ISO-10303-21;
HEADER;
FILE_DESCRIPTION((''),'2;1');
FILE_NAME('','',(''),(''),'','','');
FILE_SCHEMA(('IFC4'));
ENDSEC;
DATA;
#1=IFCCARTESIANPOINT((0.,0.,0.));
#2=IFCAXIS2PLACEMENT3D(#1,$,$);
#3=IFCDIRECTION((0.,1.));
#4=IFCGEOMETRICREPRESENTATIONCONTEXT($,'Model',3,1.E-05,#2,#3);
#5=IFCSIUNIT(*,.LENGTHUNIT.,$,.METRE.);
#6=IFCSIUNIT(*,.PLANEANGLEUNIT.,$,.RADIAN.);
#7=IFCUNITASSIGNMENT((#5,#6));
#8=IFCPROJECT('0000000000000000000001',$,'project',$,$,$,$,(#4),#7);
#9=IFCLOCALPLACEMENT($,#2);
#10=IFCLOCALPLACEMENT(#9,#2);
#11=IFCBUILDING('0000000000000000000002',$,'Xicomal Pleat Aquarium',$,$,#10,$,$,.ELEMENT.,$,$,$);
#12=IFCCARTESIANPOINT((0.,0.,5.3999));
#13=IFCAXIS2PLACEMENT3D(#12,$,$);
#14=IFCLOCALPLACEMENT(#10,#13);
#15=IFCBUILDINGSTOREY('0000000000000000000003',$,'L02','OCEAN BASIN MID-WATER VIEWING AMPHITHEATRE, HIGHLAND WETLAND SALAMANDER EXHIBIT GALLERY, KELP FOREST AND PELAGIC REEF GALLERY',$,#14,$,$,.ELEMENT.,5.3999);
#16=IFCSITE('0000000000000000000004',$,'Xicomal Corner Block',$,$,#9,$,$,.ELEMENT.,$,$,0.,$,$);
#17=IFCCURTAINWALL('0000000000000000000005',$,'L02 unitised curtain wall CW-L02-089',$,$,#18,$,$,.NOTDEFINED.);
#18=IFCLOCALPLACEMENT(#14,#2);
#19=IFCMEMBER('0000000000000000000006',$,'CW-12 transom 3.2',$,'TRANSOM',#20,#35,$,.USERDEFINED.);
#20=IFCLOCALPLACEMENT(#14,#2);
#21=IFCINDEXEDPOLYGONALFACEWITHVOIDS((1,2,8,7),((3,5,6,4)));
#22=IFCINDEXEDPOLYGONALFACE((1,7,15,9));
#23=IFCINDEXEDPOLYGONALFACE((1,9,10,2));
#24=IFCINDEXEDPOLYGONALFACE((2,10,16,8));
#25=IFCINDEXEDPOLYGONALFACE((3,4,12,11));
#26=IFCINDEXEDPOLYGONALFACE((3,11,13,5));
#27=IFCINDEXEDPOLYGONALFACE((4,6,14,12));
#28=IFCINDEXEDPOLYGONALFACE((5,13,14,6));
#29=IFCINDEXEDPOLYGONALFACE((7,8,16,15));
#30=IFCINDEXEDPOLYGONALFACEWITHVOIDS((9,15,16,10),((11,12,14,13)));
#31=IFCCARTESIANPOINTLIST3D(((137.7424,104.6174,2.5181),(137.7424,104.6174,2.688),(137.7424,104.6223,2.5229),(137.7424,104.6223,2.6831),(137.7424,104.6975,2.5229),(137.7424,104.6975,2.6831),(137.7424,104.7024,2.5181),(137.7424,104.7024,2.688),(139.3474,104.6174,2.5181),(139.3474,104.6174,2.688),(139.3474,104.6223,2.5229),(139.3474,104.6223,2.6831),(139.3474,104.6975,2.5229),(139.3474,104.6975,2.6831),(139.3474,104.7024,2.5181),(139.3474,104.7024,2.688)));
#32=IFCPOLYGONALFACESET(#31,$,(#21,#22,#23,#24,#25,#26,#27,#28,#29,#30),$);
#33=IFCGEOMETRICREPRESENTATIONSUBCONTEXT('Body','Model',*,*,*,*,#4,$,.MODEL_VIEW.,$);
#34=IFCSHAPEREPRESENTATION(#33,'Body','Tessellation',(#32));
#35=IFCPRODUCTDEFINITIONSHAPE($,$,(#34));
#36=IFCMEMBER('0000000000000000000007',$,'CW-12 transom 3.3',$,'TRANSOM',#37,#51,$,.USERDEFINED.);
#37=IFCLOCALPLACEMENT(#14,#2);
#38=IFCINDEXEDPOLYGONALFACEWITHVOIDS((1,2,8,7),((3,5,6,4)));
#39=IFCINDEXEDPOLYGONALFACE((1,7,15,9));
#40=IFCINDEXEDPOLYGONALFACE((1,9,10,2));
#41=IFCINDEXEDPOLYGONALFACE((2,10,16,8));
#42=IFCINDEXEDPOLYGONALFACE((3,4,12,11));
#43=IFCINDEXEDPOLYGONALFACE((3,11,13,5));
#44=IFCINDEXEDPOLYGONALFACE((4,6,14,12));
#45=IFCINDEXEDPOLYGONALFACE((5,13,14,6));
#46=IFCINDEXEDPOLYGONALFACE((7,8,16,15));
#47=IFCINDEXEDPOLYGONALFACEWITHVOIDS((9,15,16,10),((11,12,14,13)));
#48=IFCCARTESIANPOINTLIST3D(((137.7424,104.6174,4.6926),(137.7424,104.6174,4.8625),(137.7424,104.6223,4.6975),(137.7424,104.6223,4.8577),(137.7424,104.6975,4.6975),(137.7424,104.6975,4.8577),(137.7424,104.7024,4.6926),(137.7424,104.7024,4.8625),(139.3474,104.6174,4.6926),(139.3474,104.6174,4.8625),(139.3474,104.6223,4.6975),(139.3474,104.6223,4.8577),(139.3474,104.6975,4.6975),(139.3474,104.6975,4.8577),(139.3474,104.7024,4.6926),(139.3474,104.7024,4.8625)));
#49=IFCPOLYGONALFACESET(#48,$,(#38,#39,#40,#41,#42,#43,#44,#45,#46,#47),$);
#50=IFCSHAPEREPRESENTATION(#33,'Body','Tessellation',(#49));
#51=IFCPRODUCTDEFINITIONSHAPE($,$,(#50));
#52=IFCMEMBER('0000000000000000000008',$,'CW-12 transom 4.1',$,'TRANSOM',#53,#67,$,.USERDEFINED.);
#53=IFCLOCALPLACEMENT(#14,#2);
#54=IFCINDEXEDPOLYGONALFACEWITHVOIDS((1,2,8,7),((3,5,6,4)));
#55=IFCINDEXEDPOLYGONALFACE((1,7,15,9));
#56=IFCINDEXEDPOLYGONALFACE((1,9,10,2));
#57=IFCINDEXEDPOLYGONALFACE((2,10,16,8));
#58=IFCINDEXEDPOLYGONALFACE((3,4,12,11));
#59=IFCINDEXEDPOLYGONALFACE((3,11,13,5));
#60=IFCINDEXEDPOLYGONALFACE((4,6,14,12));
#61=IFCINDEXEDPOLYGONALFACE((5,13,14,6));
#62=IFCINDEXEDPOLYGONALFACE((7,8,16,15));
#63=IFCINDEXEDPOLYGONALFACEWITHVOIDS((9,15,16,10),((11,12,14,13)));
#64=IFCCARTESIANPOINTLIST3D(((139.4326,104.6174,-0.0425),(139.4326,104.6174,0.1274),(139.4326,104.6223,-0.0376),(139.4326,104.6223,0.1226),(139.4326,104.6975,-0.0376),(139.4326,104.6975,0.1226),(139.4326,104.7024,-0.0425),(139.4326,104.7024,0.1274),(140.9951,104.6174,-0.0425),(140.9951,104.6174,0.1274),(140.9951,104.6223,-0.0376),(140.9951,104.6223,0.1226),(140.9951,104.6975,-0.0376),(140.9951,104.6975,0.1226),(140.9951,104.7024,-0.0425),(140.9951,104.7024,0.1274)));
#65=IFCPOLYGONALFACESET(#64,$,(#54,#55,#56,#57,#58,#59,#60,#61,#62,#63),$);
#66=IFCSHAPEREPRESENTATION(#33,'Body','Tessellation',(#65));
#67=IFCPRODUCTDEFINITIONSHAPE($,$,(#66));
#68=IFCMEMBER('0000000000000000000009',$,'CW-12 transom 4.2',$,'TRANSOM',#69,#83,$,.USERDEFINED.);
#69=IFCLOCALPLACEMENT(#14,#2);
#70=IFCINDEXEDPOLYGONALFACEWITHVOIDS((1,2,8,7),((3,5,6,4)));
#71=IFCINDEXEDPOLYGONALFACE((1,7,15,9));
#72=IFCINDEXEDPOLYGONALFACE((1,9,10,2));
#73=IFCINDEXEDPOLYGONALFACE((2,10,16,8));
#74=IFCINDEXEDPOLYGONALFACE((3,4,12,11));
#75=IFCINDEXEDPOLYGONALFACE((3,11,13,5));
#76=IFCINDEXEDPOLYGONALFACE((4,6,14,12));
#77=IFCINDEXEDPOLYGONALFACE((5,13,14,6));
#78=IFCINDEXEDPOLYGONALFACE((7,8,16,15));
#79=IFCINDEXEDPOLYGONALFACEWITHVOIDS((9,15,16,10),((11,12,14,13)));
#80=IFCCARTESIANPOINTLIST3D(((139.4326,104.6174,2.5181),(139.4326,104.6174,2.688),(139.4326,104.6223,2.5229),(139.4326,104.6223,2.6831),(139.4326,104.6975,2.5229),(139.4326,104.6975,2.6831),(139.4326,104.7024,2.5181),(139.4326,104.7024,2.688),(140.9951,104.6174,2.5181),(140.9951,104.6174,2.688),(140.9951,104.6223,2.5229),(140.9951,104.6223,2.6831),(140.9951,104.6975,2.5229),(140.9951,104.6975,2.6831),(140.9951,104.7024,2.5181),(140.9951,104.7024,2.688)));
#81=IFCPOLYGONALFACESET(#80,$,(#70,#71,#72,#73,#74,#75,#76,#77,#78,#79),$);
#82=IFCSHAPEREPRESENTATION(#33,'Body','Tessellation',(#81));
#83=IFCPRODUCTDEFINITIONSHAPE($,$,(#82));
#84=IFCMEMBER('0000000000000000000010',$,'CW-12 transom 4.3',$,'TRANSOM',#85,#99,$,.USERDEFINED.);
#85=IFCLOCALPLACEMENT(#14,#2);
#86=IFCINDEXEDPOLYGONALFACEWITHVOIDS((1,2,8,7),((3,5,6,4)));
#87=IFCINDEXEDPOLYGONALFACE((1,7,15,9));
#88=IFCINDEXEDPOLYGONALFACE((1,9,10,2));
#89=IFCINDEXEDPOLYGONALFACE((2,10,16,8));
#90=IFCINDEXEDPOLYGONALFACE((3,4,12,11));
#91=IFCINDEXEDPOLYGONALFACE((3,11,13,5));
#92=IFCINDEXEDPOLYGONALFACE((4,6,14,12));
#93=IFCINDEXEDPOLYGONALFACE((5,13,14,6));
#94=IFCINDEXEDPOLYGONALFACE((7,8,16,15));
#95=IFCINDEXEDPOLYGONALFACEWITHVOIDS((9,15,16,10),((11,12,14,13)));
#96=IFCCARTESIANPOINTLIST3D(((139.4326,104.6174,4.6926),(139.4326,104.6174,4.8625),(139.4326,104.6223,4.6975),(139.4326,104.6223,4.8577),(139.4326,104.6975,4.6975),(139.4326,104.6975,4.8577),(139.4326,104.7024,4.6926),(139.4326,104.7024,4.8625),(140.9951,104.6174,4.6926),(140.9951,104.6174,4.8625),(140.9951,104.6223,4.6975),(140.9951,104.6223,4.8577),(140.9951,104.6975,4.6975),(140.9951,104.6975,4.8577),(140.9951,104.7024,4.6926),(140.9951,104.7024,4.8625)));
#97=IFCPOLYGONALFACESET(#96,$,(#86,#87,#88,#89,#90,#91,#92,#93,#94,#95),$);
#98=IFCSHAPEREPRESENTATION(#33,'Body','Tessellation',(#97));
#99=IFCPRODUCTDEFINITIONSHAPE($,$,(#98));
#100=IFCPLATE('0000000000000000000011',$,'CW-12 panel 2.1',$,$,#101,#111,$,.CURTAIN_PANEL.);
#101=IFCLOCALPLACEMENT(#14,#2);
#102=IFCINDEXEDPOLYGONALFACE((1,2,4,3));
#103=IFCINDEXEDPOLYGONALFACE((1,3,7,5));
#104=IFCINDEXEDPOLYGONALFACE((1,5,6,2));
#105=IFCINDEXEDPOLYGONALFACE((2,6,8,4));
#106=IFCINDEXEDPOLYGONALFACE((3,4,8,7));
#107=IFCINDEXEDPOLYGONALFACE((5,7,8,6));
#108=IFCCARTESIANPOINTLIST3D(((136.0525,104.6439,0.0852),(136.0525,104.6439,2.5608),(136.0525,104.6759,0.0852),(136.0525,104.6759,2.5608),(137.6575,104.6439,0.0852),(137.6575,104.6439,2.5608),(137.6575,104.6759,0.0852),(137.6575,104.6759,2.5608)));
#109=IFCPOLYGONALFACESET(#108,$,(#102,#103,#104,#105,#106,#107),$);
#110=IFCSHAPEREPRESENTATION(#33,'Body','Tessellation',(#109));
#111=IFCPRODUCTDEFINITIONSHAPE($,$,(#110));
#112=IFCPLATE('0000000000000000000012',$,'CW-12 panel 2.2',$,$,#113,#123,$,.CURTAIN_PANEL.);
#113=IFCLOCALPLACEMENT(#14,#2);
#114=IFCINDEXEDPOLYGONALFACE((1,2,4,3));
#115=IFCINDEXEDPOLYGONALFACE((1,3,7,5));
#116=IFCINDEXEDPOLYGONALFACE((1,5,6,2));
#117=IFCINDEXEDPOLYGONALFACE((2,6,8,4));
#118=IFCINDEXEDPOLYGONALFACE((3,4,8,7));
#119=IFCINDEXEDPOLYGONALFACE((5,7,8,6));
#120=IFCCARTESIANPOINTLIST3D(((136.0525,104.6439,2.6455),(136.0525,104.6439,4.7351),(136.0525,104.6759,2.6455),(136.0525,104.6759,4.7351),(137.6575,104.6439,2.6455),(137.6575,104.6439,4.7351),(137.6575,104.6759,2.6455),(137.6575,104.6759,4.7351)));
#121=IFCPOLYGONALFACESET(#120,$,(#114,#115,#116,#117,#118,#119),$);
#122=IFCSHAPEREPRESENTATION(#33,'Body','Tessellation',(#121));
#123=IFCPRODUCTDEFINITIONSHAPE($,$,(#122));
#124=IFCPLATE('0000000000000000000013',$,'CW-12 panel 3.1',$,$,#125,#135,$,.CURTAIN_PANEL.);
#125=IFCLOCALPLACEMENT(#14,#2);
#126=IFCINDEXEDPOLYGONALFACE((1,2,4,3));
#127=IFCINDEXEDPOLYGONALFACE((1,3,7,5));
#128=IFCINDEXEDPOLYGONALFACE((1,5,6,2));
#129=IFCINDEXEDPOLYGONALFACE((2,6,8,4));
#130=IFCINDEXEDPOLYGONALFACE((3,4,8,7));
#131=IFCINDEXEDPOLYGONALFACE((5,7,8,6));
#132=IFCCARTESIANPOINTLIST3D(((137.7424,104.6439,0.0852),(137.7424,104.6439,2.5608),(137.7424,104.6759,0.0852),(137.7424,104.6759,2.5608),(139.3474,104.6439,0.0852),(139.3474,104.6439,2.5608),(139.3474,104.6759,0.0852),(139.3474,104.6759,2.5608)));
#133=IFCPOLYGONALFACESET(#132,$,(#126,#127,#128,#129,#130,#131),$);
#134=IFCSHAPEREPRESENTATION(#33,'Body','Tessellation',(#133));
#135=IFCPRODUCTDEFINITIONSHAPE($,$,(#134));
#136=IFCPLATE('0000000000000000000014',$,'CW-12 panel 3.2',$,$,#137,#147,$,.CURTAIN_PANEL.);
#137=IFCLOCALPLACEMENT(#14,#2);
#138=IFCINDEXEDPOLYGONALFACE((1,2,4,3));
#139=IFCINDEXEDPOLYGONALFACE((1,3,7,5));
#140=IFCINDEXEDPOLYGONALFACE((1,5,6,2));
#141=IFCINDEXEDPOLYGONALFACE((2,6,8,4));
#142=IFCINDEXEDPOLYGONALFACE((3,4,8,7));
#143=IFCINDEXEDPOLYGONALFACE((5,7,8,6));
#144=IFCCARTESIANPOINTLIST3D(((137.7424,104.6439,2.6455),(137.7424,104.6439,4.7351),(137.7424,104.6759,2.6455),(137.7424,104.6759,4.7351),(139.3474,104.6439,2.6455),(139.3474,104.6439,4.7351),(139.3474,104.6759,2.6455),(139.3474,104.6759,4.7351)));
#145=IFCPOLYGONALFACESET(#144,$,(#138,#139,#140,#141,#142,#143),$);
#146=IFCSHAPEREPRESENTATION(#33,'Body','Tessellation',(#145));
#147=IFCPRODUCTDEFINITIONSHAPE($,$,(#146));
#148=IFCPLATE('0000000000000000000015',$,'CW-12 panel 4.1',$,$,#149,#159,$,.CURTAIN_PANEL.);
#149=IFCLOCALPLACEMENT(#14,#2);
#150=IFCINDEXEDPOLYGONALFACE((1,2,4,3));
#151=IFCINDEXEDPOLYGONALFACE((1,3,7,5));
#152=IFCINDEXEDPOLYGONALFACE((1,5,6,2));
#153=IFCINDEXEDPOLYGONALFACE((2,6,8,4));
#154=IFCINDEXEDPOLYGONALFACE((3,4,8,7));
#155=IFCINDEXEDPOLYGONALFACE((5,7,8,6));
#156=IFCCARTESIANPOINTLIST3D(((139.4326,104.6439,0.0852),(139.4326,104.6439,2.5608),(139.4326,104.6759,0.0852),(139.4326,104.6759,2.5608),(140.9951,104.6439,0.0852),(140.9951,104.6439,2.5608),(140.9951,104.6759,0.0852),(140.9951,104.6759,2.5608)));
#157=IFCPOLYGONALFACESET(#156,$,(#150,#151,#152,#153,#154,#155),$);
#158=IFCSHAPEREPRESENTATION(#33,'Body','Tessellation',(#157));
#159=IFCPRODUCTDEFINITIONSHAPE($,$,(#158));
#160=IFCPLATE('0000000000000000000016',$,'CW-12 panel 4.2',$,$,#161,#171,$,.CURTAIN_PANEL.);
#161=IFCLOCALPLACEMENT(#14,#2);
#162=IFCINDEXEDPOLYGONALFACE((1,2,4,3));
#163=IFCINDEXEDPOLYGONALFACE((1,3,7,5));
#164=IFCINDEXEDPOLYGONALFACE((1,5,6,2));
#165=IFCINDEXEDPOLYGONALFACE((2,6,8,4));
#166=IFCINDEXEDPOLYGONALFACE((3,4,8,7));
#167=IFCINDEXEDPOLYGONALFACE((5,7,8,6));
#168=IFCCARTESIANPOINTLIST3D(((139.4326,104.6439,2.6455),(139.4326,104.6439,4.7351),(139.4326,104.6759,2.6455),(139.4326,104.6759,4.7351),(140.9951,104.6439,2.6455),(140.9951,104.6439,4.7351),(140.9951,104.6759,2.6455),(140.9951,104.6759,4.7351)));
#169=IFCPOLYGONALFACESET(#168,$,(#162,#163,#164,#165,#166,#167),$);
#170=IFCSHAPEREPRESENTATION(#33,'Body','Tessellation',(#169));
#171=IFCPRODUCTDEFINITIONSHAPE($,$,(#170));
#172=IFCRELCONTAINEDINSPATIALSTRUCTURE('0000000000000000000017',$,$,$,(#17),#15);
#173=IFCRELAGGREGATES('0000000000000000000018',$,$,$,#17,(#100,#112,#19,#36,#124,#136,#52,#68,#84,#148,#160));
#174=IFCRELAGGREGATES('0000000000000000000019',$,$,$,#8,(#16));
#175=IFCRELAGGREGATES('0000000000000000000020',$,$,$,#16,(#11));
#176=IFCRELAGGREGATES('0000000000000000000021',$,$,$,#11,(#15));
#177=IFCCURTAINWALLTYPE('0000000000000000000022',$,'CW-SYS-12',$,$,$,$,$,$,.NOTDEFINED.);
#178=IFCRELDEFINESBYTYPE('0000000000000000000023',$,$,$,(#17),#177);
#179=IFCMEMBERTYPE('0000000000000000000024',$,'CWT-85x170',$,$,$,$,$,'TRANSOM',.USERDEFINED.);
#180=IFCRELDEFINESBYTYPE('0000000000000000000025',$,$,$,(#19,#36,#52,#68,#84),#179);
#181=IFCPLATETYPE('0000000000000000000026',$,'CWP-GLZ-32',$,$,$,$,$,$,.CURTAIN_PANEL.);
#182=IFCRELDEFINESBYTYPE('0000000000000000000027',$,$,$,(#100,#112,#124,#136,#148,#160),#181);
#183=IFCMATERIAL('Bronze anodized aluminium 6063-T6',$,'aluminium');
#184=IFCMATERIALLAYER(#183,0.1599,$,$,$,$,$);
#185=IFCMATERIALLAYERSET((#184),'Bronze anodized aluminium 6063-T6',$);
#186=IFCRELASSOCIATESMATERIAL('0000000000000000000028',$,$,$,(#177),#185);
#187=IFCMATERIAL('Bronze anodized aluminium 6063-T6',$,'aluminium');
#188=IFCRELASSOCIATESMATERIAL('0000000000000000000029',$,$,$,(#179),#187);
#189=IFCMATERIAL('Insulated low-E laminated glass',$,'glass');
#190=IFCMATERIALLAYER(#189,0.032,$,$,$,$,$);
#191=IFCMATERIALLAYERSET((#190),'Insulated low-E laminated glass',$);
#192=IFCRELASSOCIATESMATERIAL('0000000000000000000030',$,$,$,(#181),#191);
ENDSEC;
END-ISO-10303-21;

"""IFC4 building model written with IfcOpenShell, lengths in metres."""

from ifc_helpers import new_model, si_unit, direction, frame, origin, origin_2d, place, context, subcontext, project, spatial, rectangle, hollow_rectangle, extrude, material, layer, layer_set, material_profile, profile_set, type_object, element, aggregate, save


model = new_model("IFC4")

# Units and contexts
model_context = context("Model", 3, precision=1e-05, world=origin(), true_north=direction((0.0, 1.0)))
body_context = subcontext(model_context, "Body", "Model", "MODEL_VIEW")
ifc_project = project(units=[si_unit("LENGTHUNIT", "METRE"), si_unit("PLANEANGLEUNIT", "RADIAN")], contexts=[model_context])

# Site, building, storey
site_placement = place(None, origin())
site = spatial("IfcSite", under=ifc_project, at=site_placement, Name="Xicomal Corner Block", CompositionType="ELEMENT", RefElevation=0.0)
building_placement = place(site_placement, origin())
building = spatial("IfcBuilding", under=site, at=building_placement, Name="Xicomal Pleat Aquarium", CompositionType="ELEMENT")
storey_placement = place(building_placement, frame((0.0, 0.0, 5.3999)))
storey = spatial("IfcBuildingStorey", under=building, at=storey_placement, Name="L02", Description="OCEAN BASIN MID-WATER VIEWING AMPHITHEATRE, HIGHLAND WETLAND SALAMANDER EXHIBIT GALLERY, KELP FOREST AND PELAGIC REEF GALLERY", CompositionType="ELEMENT", Elevation=5.3999)

# Curtain wall, members, plates
ifc_material_1 = material(Name="Bronze anodized aluminium 6063-T6", Category="aluminium")
ifc_layer_1 = layer(ifc_material_1, 0.1599)
ifc_layer_set_1 = layer_set([ifc_layer_1], Name="Bronze anodized aluminium 6063-T6")
curtain_wall_type = type_object("IfcCurtainWallType", Name="CW-SYS-12", PredefinedType="NOTDEFINED", material=ifc_layer_set_1)
curtain_wall_placement = place(storey_placement, origin())
curtain_wall = element("IfcCurtainWall", 1, at=curtain_wall_placement, inside=storey, type_object=curtain_wall_type, Name="L02 unitised curtain wall CW-L02-089", PredefinedType="NOTDEFINED")
ifc_material_2 = material(Name="Bronze anodized aluminium 6063-T6", Category="aluminium")
ifc_material_profile_1 = material_profile(ifc_material_2, hollow_rectangle(XDim=0.085, YDim=0.1699, WallThickness=0.0049, at=origin_2d()), Name="ALU TRAN 85x170")
ifc_profile_set_1 = profile_set([ifc_material_profile_1], Name="Bronze anodized aluminium 6063-T6")
member_type_1 = type_object("IfcMemberType", Name="CWT-85x170", ElementType="TRANSOM", PredefinedType="USERDEFINED", material=ifc_profile_set_1)
member_1_placement = place(storey_placement, frame((137.7424, 104.6599, 2.603), z_axis=(1.0, 0.0, 0.0), x_axis=(0.0, 1.0, 0.0)))
member_1 = element("IfcMember", 2, at=member_1_placement, type_object=member_type_1, Name="CW-12 transom 3.2", ObjectType="TRANSOM", PredefinedType="USERDEFINED", context=body_context, shape_type="SweptSolid", body=[
    extrude(hollow_rectangle(XDim=0.085, YDim=0.1699, WallThickness=0.0049, at=origin_2d()), origin(), (0.0, 0.0, 1.0), 1.605),
])
member_2_placement = place(storey_placement, frame((137.7424, 104.6599, 4.7776), z_axis=(1.0, 0.0, 0.0), x_axis=(0.0, 1.0, 0.0)))
member_2 = element("IfcMember", 3, at=member_2_placement, type_object=member_type_1, Name="CW-12 transom 3.3", ObjectType="TRANSOM", PredefinedType="USERDEFINED", context=body_context, shape_type="SweptSolid", body=[
    extrude(hollow_rectangle(XDim=0.085, YDim=0.1699, WallThickness=0.0049, at=origin_2d()), origin(), (0.0, 0.0, 1.0), 1.605),
])
member_3_placement = place(storey_placement, frame((139.4326, 104.6599, 0.0425), z_axis=(1.0, 0.0, 0.0), x_axis=(0.0, 1.0, 0.0)))
member_3 = element("IfcMember", 4, at=member_3_placement, type_object=member_type_1, Name="CW-12 transom 4.1", ObjectType="TRANSOM", PredefinedType="USERDEFINED", context=body_context, shape_type="SweptSolid", body=[
    extrude(hollow_rectangle(XDim=0.085, YDim=0.1699, WallThickness=0.0049, at=origin_2d()), origin(), (0.0, 0.0, 1.0), 1.5625),
])
member_4_placement = place(storey_placement, frame((139.4326, 104.6599, 2.603), z_axis=(1.0, 0.0, 0.0), x_axis=(0.0, 1.0, 0.0)))
member_4 = element("IfcMember", 5, at=member_4_placement, type_object=member_type_1, Name="CW-12 transom 4.2", ObjectType="TRANSOM", PredefinedType="USERDEFINED", context=body_context, shape_type="SweptSolid", body=[
    extrude(hollow_rectangle(XDim=0.085, YDim=0.1699, WallThickness=0.0049, at=origin_2d()), origin(), (0.0, 0.0, 1.0), 1.5625),
])
member_5_placement = place(storey_placement, frame((139.4326, 104.6599, 4.7776), z_axis=(1.0, 0.0, 0.0), x_axis=(0.0, 1.0, 0.0)))
member_5 = element("IfcMember", 6, at=member_5_placement, type_object=member_type_1, Name="CW-12 transom 4.3", ObjectType="TRANSOM", PredefinedType="USERDEFINED", context=body_context, shape_type="SweptSolid", body=[
    extrude(hollow_rectangle(XDim=0.085, YDim=0.1699, WallThickness=0.0049, at=origin_2d()), origin(), (0.0, 0.0, 1.0), 1.5625),
])
ifc_material_3 = material(Name="Insulated low-E laminated glass", Category="glass")
ifc_layer_2 = layer(ifc_material_3, 0.032)
ifc_layer_set_2 = layer_set([ifc_layer_2], Name="Insulated low-E laminated glass")
plate_type = type_object("IfcPlateType", Name="CWP-GLZ-32", PredefinedType="CURTAIN_PANEL", material=ifc_layer_set_2)
plate_1_placement = place(storey_placement, frame((136.855, 104.6599, 0.0852), z_axis=(0.0, 0.0, 1.0), x_axis=(1.0, 0.0, 0.0)))
plate_1 = element("IfcPlate", 7, at=plate_1_placement, type_object=plate_type, Name="CW-12 panel 2.1", PredefinedType="CURTAIN_PANEL", context=body_context, shape_type="SweptSolid", body=[
    extrude(rectangle(XDim=1.605, YDim=0.032, at=origin_2d()), origin(), (0.0, 0.0, 1.0), 2.4756),
])
plate_2_placement = place(storey_placement, frame((136.855, 104.6599, 2.6455), z_axis=(0.0, 0.0, 1.0), x_axis=(1.0, 0.0, 0.0)))
plate_2 = element("IfcPlate", 8, at=plate_2_placement, type_object=plate_type, Name="CW-12 panel 2.2", PredefinedType="CURTAIN_PANEL", context=body_context, shape_type="SweptSolid", body=[
    extrude(rectangle(XDim=1.605, YDim=0.032, at=origin_2d()), origin(), (0.0, 0.0, 1.0), 2.0896),
])
plate_3_placement = place(storey_placement, frame((138.5449, 104.6599, 0.0852), z_axis=(0.0, 0.0, 1.0), x_axis=(1.0, 0.0, 0.0)))
plate_3 = element("IfcPlate", 9, at=plate_3_placement, type_object=plate_type, Name="CW-12 panel 3.1", PredefinedType="CURTAIN_PANEL", context=body_context, shape_type="SweptSolid", body=[
    extrude(rectangle(XDim=1.605, YDim=0.032, at=origin_2d()), origin(), (0.0, 0.0, 1.0), 2.4756),
])
plate_4_placement = place(storey_placement, frame((138.5449, 104.6599, 2.6455), z_axis=(0.0, 0.0, 1.0), x_axis=(1.0, 0.0, 0.0)))
plate_4 = element("IfcPlate", 10, at=plate_4_placement, type_object=plate_type, Name="CW-12 panel 3.2", PredefinedType="CURTAIN_PANEL", context=body_context, shape_type="SweptSolid", body=[
    extrude(rectangle(XDim=1.605, YDim=0.032, at=origin_2d()), origin(), (0.0, 0.0, 1.0), 2.0896),
])
plate_5_placement = place(storey_placement, frame((140.2139, 104.6599, 0.0852), z_axis=(0.0, 0.0, 1.0), x_axis=(1.0, 0.0, 0.0)))
plate_5 = element("IfcPlate", 11, at=plate_5_placement, type_object=plate_type, Name="CW-12 panel 4.1", PredefinedType="CURTAIN_PANEL", context=body_context, shape_type="SweptSolid", body=[
    extrude(rectangle(XDim=1.5625, YDim=0.032, at=origin_2d()), origin(), (0.0, 0.0, 1.0), 2.4756),
])
plate_6_placement = place(storey_placement, frame((140.2139, 104.6599, 2.6455), z_axis=(0.0, 0.0, 1.0), x_axis=(1.0, 0.0, 0.0)))
plate_6 = element("IfcPlate", 12, at=plate_6_placement, type_object=plate_type, Name="CW-12 panel 4.2", PredefinedType="CURTAIN_PANEL", context=body_context, shape_type="SweptSolid", body=[
    extrude(rectangle(XDim=1.5625, YDim=0.032, at=origin_2d()), origin(), (0.0, 0.0, 1.0), 2.0896),
])
aggregate(curtain_wall, [plate_1, plate_2, member_1, member_2, plate_3, plate_4, member_3, member_4, member_5, plate_5, plate_6])

save(model, "model.ifc")
